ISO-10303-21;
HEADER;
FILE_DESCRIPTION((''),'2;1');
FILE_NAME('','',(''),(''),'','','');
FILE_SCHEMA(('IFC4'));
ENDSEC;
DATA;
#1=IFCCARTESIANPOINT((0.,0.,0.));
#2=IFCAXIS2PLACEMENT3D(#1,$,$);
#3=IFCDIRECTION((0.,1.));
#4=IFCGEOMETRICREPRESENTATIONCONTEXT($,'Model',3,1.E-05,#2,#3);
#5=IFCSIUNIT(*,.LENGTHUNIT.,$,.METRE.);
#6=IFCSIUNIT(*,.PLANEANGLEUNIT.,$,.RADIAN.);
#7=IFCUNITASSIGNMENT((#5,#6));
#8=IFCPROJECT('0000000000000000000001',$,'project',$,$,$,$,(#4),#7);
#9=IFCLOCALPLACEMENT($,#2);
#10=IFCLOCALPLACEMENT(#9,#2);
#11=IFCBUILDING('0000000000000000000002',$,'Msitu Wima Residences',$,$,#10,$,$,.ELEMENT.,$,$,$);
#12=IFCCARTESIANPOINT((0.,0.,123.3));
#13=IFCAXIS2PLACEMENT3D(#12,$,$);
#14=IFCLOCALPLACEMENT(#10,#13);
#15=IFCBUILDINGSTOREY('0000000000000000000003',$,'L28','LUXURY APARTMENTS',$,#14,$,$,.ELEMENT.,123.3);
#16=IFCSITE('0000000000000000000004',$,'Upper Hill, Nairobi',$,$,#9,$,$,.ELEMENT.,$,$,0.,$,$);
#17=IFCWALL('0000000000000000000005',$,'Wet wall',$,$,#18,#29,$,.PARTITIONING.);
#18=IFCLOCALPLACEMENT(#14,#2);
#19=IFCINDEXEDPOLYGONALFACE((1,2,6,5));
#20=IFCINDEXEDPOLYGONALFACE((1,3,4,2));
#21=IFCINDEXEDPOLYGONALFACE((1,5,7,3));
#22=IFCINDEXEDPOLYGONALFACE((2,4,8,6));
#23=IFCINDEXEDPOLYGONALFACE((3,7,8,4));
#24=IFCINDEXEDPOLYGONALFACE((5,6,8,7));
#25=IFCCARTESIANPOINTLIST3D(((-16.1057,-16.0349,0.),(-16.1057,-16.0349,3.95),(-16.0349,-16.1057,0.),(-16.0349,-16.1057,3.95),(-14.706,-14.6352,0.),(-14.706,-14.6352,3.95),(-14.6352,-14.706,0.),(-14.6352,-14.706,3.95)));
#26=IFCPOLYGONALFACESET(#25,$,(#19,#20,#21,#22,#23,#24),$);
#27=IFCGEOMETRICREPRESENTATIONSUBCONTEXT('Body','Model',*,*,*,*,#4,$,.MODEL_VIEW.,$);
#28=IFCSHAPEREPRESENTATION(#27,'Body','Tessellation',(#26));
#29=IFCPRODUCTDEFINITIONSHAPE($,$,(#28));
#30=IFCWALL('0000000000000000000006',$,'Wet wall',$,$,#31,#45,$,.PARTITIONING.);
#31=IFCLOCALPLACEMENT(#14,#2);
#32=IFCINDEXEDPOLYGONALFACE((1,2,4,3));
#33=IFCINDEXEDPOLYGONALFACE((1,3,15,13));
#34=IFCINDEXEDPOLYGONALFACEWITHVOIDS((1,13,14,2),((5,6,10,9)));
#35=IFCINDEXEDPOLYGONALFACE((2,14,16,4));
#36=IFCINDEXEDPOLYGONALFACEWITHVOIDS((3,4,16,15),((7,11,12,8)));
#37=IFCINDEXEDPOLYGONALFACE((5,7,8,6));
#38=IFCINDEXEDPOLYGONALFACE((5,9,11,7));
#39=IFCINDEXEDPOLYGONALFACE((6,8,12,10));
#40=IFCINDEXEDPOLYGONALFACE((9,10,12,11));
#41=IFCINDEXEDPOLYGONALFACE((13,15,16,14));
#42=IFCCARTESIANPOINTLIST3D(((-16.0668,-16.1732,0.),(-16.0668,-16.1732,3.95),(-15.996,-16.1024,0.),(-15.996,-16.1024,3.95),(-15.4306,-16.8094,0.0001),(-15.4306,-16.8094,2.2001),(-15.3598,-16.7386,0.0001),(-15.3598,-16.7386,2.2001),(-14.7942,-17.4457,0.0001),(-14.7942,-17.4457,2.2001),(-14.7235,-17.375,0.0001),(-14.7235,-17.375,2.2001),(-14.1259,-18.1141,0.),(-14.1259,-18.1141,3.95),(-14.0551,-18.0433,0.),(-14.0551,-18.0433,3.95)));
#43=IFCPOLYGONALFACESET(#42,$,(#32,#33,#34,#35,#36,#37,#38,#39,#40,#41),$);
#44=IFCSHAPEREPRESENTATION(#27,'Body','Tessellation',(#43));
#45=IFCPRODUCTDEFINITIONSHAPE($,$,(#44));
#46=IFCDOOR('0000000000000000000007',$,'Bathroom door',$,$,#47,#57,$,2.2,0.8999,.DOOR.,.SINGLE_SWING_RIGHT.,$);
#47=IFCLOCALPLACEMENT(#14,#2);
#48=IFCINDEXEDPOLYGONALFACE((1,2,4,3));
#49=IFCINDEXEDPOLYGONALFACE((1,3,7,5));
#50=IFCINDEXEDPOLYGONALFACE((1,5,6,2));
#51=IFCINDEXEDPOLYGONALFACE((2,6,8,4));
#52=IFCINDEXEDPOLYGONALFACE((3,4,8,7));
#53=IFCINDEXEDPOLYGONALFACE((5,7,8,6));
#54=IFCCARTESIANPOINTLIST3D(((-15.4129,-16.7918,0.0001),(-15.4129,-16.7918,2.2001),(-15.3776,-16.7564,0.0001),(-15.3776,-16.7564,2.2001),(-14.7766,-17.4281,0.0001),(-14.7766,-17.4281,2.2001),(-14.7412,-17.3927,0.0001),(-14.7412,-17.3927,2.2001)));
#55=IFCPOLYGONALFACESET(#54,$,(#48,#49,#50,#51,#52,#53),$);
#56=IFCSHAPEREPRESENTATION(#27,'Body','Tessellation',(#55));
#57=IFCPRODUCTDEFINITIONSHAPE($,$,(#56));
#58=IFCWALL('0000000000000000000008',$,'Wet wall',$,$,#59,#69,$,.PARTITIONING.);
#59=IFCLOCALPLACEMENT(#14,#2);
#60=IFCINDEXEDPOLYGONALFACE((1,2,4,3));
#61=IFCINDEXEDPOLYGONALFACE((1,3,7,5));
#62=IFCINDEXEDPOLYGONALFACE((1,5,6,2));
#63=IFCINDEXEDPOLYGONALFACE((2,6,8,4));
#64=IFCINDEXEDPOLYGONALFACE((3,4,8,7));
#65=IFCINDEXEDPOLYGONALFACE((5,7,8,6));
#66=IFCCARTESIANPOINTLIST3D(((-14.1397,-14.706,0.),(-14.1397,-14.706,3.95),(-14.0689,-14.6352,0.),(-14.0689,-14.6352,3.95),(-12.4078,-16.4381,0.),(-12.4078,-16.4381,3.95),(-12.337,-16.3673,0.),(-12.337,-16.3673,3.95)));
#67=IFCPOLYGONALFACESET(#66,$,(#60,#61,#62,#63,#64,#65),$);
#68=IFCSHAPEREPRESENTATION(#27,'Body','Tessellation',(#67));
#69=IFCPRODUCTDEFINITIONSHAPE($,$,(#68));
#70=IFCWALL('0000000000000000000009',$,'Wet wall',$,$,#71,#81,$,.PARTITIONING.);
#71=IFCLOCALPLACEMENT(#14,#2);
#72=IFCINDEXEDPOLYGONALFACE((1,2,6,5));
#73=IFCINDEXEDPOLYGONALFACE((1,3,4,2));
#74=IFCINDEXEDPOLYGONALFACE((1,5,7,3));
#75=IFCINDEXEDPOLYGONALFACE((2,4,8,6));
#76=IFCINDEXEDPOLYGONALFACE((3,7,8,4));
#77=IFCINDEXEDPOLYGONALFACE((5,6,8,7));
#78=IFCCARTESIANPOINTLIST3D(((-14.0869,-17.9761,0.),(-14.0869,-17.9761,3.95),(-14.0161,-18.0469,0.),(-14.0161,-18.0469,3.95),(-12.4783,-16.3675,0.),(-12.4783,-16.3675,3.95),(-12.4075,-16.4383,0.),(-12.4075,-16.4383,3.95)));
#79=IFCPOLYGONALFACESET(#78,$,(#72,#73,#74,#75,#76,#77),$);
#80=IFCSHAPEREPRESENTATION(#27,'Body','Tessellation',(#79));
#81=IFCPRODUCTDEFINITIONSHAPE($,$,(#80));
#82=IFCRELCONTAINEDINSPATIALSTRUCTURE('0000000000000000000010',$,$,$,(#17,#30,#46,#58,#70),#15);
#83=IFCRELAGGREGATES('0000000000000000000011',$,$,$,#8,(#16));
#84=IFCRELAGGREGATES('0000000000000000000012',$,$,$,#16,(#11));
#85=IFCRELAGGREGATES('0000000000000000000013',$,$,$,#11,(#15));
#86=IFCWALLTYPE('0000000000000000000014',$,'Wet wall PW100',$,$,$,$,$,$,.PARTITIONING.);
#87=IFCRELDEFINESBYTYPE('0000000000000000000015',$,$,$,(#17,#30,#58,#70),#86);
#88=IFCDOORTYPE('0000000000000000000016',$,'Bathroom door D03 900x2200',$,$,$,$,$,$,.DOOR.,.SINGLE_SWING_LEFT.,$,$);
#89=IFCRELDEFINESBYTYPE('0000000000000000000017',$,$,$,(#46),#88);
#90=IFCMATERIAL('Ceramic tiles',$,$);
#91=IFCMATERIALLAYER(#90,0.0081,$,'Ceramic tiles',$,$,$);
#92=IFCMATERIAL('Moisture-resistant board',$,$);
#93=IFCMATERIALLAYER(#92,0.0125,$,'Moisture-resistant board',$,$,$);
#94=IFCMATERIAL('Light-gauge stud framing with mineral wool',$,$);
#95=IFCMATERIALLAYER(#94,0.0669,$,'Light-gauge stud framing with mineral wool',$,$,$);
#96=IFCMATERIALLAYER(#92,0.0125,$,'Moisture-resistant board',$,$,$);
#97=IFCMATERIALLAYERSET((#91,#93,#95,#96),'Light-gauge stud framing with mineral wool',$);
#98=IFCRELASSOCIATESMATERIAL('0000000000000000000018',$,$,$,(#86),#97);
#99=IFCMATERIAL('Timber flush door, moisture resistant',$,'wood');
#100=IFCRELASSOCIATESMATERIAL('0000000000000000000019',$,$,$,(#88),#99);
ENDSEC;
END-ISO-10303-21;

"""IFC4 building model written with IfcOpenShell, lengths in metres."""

from ifc_helpers import new_model, si_unit, direction, frame, frame_2d, origin, place, context, subcontext, project, spatial, rectangle, extrude, material, layer, layer_set, type_object, element, fill, save


model = new_model("IFC4")

# Units and contexts
model_context = context("Model", 3, precision=1e-05, world=origin(), true_north=direction((0.0, 1.0)))
body_context = subcontext(model_context, "Body", "Model", "MODEL_VIEW")
ifc_project = project(units=[si_unit("LENGTHUNIT", "METRE"), si_unit("PLANEANGLEUNIT", "RADIAN")], contexts=[model_context])

# Site, building, storey
site_placement = place(None, origin())
site = spatial("IfcSite", under=ifc_project, at=site_placement, Name="Upper Hill, Nairobi", CompositionType="ELEMENT", RefElevation=0.0)
building_placement = place(site_placement, origin())
building = spatial("IfcBuilding", under=site, at=building_placement, Name="Msitu Wima Residences", CompositionType="ELEMENT")
storey_placement = place(building_placement, frame((0.0, 0.0, 123.3)))
storey = spatial("IfcBuildingStorey", under=building, at=storey_placement, Name="L28", Description="LUXURY APARTMENTS", CompositionType="ELEMENT", Elevation=123.3)

# Wall
ifc_material_1 = material(Name="Ceramic tiles")
ifc_layer_1 = layer(ifc_material_1, 0.0081, Name="Ceramic tiles")
ifc_material_2 = material(Name="Moisture-resistant board")
ifc_layer_2 = layer(ifc_material_2, 0.0125, Name="Moisture-resistant board")
ifc_material_3 = material(Name="Light-gauge stud framing with mineral wool")
ifc_layer_3 = layer(ifc_material_3, 0.0669, Name="Light-gauge stud framing with mineral wool")
ifc_layer_4 = layer(ifc_material_2, 0.0125, Name="Moisture-resistant board")
ifc_layer_set_1 = layer_set([ifc_layer_1, ifc_layer_2, ifc_layer_3, ifc_layer_4], Name="Light-gauge stud framing with mineral wool")
wall_type_1 = type_object("IfcWallType", Name="Wet wall PW100", PredefinedType="PARTITIONING", material=ifc_layer_set_1)
wall_1_placement = place(storey_placement, frame((-16.0703, -16.0703, 0.0), z_axis=(0.0, 0.0, 1.0), x_axis=(0.707107, 0.707107, 0.0)))
element("IfcWall", 1, at=wall_1_placement, inside=storey, type_object=wall_type_1, Name="Wet wall", PredefinedType="PARTITIONING", context=body_context, shape_type="SweptSolid", body=[
    extrude(rectangle(XDim=1.9795, YDim=0.1001, at=frame_2d((0.9897, 0.0))), origin(), (0.0, 0.0, 1.0), 3.95),
])

# Wall, opening, door
wall_2_placement = place(storey_placement, frame((-16.0315, -16.1377, 0.0), z_axis=(0.0, 0.0, 1.0), x_axis=(0.707107, -0.707107, 0.0)))
wall_2 = element("IfcWall", 2, at=wall_2_placement, inside=storey, type_object=wall_type_1, Name="Wet wall", PredefinedType="PARTITIONING", context=body_context, shape_type="SweptSolid", body=[
    extrude(rectangle(XDim=2.7449, YDim=0.1001, at=frame_2d((1.3726, 0.0))), origin(), (0.0, 0.0, 1.0), 3.95),
])
opening_1_placement = place(wall_2_placement, frame((0.8999, 0.0, 0.0)))
opening_1 = element("IfcOpeningElement", 3, at=opening_1_placement, cuts=wall_2, PredefinedType="OPENING", context=body_context, shape_type="SweptSolid", body=[
    extrude(rectangle(XDim=0.8999, YDim=2.2, at=frame_2d((0.45, 1.1001))), frame((0.0, 0.0601, 0.0), z_axis=(0.0, -1.0, 0.0), x_axis=(1.0, 0.0, 0.0)), (0.0, 0.0, 1.0), 0.1201),
])
ifc_material_4 = material(Name="Timber flush door, moisture resistant", Category="wood")
door_type_1 = type_object("IfcDoorType", Name="Bathroom door D03 900x2200", OperationType="SINGLE_SWING_LEFT", PredefinedType="DOOR", material=ifc_material_4)
door_1_placement = place(opening_1_placement, origin())
door_1 = element("IfcDoor", 4, at=door_1_placement, inside=storey, type_object=door_type_1, Name="Bathroom door", OperationType="SINGLE_SWING_RIGHT", OverallHeight=2.2, OverallWidth=0.8999, PredefinedType="DOOR", context=body_context, shape_type="SweptSolid", body=[
    extrude(rectangle(XDim=0.8999, YDim=2.2, at=frame_2d((0.45, 1.1001))), frame((0.0, 0.0249, 0.0), z_axis=(0.0, -1.0, 0.0), x_axis=(1.0, 0.0, 0.0)), (0.0, 0.0, 1.0), 0.05),
])
fill(opening_1, door_1)

# Walls
wall_3_placement = place(storey_placement, frame((-14.1042, -14.6707, 0.0), z_axis=(0.0, 0.0, 1.0), x_axis=(0.707057, -0.707157, 0.0)))
element("IfcWall", 5, at=wall_3_placement, inside=storey, type_object=wall_type_1, Name="Wet wall", PredefinedType="PARTITIONING", context=body_context, shape_type="SweptSolid", body=[
    extrude(rectangle(XDim=2.4495, YDim=0.1001, at=frame_2d((1.2246, 0.0))), origin(), (0.0, 0.0, 1.0), 3.95),
])
wall_4_placement = place(storey_placement, frame((-14.0515, -18.0115, 0.0), z_axis=(0.0, 0.0, 1.0), x_axis=(0.707107, 0.707107, 0.0)))
element("IfcWall", 6, at=wall_4_placement, inside=storey, type_object=wall_type_1, Name="Wet wall", PredefinedType="PARTITIONING", context=body_context, shape_type="SweptSolid", body=[
    extrude(rectangle(XDim=2.2749, YDim=0.1001, at=frame_2d((1.1375, 0.0))), origin(), (0.0, 0.0, 1.0), 3.95),
])

save(model, "model.ifc")
